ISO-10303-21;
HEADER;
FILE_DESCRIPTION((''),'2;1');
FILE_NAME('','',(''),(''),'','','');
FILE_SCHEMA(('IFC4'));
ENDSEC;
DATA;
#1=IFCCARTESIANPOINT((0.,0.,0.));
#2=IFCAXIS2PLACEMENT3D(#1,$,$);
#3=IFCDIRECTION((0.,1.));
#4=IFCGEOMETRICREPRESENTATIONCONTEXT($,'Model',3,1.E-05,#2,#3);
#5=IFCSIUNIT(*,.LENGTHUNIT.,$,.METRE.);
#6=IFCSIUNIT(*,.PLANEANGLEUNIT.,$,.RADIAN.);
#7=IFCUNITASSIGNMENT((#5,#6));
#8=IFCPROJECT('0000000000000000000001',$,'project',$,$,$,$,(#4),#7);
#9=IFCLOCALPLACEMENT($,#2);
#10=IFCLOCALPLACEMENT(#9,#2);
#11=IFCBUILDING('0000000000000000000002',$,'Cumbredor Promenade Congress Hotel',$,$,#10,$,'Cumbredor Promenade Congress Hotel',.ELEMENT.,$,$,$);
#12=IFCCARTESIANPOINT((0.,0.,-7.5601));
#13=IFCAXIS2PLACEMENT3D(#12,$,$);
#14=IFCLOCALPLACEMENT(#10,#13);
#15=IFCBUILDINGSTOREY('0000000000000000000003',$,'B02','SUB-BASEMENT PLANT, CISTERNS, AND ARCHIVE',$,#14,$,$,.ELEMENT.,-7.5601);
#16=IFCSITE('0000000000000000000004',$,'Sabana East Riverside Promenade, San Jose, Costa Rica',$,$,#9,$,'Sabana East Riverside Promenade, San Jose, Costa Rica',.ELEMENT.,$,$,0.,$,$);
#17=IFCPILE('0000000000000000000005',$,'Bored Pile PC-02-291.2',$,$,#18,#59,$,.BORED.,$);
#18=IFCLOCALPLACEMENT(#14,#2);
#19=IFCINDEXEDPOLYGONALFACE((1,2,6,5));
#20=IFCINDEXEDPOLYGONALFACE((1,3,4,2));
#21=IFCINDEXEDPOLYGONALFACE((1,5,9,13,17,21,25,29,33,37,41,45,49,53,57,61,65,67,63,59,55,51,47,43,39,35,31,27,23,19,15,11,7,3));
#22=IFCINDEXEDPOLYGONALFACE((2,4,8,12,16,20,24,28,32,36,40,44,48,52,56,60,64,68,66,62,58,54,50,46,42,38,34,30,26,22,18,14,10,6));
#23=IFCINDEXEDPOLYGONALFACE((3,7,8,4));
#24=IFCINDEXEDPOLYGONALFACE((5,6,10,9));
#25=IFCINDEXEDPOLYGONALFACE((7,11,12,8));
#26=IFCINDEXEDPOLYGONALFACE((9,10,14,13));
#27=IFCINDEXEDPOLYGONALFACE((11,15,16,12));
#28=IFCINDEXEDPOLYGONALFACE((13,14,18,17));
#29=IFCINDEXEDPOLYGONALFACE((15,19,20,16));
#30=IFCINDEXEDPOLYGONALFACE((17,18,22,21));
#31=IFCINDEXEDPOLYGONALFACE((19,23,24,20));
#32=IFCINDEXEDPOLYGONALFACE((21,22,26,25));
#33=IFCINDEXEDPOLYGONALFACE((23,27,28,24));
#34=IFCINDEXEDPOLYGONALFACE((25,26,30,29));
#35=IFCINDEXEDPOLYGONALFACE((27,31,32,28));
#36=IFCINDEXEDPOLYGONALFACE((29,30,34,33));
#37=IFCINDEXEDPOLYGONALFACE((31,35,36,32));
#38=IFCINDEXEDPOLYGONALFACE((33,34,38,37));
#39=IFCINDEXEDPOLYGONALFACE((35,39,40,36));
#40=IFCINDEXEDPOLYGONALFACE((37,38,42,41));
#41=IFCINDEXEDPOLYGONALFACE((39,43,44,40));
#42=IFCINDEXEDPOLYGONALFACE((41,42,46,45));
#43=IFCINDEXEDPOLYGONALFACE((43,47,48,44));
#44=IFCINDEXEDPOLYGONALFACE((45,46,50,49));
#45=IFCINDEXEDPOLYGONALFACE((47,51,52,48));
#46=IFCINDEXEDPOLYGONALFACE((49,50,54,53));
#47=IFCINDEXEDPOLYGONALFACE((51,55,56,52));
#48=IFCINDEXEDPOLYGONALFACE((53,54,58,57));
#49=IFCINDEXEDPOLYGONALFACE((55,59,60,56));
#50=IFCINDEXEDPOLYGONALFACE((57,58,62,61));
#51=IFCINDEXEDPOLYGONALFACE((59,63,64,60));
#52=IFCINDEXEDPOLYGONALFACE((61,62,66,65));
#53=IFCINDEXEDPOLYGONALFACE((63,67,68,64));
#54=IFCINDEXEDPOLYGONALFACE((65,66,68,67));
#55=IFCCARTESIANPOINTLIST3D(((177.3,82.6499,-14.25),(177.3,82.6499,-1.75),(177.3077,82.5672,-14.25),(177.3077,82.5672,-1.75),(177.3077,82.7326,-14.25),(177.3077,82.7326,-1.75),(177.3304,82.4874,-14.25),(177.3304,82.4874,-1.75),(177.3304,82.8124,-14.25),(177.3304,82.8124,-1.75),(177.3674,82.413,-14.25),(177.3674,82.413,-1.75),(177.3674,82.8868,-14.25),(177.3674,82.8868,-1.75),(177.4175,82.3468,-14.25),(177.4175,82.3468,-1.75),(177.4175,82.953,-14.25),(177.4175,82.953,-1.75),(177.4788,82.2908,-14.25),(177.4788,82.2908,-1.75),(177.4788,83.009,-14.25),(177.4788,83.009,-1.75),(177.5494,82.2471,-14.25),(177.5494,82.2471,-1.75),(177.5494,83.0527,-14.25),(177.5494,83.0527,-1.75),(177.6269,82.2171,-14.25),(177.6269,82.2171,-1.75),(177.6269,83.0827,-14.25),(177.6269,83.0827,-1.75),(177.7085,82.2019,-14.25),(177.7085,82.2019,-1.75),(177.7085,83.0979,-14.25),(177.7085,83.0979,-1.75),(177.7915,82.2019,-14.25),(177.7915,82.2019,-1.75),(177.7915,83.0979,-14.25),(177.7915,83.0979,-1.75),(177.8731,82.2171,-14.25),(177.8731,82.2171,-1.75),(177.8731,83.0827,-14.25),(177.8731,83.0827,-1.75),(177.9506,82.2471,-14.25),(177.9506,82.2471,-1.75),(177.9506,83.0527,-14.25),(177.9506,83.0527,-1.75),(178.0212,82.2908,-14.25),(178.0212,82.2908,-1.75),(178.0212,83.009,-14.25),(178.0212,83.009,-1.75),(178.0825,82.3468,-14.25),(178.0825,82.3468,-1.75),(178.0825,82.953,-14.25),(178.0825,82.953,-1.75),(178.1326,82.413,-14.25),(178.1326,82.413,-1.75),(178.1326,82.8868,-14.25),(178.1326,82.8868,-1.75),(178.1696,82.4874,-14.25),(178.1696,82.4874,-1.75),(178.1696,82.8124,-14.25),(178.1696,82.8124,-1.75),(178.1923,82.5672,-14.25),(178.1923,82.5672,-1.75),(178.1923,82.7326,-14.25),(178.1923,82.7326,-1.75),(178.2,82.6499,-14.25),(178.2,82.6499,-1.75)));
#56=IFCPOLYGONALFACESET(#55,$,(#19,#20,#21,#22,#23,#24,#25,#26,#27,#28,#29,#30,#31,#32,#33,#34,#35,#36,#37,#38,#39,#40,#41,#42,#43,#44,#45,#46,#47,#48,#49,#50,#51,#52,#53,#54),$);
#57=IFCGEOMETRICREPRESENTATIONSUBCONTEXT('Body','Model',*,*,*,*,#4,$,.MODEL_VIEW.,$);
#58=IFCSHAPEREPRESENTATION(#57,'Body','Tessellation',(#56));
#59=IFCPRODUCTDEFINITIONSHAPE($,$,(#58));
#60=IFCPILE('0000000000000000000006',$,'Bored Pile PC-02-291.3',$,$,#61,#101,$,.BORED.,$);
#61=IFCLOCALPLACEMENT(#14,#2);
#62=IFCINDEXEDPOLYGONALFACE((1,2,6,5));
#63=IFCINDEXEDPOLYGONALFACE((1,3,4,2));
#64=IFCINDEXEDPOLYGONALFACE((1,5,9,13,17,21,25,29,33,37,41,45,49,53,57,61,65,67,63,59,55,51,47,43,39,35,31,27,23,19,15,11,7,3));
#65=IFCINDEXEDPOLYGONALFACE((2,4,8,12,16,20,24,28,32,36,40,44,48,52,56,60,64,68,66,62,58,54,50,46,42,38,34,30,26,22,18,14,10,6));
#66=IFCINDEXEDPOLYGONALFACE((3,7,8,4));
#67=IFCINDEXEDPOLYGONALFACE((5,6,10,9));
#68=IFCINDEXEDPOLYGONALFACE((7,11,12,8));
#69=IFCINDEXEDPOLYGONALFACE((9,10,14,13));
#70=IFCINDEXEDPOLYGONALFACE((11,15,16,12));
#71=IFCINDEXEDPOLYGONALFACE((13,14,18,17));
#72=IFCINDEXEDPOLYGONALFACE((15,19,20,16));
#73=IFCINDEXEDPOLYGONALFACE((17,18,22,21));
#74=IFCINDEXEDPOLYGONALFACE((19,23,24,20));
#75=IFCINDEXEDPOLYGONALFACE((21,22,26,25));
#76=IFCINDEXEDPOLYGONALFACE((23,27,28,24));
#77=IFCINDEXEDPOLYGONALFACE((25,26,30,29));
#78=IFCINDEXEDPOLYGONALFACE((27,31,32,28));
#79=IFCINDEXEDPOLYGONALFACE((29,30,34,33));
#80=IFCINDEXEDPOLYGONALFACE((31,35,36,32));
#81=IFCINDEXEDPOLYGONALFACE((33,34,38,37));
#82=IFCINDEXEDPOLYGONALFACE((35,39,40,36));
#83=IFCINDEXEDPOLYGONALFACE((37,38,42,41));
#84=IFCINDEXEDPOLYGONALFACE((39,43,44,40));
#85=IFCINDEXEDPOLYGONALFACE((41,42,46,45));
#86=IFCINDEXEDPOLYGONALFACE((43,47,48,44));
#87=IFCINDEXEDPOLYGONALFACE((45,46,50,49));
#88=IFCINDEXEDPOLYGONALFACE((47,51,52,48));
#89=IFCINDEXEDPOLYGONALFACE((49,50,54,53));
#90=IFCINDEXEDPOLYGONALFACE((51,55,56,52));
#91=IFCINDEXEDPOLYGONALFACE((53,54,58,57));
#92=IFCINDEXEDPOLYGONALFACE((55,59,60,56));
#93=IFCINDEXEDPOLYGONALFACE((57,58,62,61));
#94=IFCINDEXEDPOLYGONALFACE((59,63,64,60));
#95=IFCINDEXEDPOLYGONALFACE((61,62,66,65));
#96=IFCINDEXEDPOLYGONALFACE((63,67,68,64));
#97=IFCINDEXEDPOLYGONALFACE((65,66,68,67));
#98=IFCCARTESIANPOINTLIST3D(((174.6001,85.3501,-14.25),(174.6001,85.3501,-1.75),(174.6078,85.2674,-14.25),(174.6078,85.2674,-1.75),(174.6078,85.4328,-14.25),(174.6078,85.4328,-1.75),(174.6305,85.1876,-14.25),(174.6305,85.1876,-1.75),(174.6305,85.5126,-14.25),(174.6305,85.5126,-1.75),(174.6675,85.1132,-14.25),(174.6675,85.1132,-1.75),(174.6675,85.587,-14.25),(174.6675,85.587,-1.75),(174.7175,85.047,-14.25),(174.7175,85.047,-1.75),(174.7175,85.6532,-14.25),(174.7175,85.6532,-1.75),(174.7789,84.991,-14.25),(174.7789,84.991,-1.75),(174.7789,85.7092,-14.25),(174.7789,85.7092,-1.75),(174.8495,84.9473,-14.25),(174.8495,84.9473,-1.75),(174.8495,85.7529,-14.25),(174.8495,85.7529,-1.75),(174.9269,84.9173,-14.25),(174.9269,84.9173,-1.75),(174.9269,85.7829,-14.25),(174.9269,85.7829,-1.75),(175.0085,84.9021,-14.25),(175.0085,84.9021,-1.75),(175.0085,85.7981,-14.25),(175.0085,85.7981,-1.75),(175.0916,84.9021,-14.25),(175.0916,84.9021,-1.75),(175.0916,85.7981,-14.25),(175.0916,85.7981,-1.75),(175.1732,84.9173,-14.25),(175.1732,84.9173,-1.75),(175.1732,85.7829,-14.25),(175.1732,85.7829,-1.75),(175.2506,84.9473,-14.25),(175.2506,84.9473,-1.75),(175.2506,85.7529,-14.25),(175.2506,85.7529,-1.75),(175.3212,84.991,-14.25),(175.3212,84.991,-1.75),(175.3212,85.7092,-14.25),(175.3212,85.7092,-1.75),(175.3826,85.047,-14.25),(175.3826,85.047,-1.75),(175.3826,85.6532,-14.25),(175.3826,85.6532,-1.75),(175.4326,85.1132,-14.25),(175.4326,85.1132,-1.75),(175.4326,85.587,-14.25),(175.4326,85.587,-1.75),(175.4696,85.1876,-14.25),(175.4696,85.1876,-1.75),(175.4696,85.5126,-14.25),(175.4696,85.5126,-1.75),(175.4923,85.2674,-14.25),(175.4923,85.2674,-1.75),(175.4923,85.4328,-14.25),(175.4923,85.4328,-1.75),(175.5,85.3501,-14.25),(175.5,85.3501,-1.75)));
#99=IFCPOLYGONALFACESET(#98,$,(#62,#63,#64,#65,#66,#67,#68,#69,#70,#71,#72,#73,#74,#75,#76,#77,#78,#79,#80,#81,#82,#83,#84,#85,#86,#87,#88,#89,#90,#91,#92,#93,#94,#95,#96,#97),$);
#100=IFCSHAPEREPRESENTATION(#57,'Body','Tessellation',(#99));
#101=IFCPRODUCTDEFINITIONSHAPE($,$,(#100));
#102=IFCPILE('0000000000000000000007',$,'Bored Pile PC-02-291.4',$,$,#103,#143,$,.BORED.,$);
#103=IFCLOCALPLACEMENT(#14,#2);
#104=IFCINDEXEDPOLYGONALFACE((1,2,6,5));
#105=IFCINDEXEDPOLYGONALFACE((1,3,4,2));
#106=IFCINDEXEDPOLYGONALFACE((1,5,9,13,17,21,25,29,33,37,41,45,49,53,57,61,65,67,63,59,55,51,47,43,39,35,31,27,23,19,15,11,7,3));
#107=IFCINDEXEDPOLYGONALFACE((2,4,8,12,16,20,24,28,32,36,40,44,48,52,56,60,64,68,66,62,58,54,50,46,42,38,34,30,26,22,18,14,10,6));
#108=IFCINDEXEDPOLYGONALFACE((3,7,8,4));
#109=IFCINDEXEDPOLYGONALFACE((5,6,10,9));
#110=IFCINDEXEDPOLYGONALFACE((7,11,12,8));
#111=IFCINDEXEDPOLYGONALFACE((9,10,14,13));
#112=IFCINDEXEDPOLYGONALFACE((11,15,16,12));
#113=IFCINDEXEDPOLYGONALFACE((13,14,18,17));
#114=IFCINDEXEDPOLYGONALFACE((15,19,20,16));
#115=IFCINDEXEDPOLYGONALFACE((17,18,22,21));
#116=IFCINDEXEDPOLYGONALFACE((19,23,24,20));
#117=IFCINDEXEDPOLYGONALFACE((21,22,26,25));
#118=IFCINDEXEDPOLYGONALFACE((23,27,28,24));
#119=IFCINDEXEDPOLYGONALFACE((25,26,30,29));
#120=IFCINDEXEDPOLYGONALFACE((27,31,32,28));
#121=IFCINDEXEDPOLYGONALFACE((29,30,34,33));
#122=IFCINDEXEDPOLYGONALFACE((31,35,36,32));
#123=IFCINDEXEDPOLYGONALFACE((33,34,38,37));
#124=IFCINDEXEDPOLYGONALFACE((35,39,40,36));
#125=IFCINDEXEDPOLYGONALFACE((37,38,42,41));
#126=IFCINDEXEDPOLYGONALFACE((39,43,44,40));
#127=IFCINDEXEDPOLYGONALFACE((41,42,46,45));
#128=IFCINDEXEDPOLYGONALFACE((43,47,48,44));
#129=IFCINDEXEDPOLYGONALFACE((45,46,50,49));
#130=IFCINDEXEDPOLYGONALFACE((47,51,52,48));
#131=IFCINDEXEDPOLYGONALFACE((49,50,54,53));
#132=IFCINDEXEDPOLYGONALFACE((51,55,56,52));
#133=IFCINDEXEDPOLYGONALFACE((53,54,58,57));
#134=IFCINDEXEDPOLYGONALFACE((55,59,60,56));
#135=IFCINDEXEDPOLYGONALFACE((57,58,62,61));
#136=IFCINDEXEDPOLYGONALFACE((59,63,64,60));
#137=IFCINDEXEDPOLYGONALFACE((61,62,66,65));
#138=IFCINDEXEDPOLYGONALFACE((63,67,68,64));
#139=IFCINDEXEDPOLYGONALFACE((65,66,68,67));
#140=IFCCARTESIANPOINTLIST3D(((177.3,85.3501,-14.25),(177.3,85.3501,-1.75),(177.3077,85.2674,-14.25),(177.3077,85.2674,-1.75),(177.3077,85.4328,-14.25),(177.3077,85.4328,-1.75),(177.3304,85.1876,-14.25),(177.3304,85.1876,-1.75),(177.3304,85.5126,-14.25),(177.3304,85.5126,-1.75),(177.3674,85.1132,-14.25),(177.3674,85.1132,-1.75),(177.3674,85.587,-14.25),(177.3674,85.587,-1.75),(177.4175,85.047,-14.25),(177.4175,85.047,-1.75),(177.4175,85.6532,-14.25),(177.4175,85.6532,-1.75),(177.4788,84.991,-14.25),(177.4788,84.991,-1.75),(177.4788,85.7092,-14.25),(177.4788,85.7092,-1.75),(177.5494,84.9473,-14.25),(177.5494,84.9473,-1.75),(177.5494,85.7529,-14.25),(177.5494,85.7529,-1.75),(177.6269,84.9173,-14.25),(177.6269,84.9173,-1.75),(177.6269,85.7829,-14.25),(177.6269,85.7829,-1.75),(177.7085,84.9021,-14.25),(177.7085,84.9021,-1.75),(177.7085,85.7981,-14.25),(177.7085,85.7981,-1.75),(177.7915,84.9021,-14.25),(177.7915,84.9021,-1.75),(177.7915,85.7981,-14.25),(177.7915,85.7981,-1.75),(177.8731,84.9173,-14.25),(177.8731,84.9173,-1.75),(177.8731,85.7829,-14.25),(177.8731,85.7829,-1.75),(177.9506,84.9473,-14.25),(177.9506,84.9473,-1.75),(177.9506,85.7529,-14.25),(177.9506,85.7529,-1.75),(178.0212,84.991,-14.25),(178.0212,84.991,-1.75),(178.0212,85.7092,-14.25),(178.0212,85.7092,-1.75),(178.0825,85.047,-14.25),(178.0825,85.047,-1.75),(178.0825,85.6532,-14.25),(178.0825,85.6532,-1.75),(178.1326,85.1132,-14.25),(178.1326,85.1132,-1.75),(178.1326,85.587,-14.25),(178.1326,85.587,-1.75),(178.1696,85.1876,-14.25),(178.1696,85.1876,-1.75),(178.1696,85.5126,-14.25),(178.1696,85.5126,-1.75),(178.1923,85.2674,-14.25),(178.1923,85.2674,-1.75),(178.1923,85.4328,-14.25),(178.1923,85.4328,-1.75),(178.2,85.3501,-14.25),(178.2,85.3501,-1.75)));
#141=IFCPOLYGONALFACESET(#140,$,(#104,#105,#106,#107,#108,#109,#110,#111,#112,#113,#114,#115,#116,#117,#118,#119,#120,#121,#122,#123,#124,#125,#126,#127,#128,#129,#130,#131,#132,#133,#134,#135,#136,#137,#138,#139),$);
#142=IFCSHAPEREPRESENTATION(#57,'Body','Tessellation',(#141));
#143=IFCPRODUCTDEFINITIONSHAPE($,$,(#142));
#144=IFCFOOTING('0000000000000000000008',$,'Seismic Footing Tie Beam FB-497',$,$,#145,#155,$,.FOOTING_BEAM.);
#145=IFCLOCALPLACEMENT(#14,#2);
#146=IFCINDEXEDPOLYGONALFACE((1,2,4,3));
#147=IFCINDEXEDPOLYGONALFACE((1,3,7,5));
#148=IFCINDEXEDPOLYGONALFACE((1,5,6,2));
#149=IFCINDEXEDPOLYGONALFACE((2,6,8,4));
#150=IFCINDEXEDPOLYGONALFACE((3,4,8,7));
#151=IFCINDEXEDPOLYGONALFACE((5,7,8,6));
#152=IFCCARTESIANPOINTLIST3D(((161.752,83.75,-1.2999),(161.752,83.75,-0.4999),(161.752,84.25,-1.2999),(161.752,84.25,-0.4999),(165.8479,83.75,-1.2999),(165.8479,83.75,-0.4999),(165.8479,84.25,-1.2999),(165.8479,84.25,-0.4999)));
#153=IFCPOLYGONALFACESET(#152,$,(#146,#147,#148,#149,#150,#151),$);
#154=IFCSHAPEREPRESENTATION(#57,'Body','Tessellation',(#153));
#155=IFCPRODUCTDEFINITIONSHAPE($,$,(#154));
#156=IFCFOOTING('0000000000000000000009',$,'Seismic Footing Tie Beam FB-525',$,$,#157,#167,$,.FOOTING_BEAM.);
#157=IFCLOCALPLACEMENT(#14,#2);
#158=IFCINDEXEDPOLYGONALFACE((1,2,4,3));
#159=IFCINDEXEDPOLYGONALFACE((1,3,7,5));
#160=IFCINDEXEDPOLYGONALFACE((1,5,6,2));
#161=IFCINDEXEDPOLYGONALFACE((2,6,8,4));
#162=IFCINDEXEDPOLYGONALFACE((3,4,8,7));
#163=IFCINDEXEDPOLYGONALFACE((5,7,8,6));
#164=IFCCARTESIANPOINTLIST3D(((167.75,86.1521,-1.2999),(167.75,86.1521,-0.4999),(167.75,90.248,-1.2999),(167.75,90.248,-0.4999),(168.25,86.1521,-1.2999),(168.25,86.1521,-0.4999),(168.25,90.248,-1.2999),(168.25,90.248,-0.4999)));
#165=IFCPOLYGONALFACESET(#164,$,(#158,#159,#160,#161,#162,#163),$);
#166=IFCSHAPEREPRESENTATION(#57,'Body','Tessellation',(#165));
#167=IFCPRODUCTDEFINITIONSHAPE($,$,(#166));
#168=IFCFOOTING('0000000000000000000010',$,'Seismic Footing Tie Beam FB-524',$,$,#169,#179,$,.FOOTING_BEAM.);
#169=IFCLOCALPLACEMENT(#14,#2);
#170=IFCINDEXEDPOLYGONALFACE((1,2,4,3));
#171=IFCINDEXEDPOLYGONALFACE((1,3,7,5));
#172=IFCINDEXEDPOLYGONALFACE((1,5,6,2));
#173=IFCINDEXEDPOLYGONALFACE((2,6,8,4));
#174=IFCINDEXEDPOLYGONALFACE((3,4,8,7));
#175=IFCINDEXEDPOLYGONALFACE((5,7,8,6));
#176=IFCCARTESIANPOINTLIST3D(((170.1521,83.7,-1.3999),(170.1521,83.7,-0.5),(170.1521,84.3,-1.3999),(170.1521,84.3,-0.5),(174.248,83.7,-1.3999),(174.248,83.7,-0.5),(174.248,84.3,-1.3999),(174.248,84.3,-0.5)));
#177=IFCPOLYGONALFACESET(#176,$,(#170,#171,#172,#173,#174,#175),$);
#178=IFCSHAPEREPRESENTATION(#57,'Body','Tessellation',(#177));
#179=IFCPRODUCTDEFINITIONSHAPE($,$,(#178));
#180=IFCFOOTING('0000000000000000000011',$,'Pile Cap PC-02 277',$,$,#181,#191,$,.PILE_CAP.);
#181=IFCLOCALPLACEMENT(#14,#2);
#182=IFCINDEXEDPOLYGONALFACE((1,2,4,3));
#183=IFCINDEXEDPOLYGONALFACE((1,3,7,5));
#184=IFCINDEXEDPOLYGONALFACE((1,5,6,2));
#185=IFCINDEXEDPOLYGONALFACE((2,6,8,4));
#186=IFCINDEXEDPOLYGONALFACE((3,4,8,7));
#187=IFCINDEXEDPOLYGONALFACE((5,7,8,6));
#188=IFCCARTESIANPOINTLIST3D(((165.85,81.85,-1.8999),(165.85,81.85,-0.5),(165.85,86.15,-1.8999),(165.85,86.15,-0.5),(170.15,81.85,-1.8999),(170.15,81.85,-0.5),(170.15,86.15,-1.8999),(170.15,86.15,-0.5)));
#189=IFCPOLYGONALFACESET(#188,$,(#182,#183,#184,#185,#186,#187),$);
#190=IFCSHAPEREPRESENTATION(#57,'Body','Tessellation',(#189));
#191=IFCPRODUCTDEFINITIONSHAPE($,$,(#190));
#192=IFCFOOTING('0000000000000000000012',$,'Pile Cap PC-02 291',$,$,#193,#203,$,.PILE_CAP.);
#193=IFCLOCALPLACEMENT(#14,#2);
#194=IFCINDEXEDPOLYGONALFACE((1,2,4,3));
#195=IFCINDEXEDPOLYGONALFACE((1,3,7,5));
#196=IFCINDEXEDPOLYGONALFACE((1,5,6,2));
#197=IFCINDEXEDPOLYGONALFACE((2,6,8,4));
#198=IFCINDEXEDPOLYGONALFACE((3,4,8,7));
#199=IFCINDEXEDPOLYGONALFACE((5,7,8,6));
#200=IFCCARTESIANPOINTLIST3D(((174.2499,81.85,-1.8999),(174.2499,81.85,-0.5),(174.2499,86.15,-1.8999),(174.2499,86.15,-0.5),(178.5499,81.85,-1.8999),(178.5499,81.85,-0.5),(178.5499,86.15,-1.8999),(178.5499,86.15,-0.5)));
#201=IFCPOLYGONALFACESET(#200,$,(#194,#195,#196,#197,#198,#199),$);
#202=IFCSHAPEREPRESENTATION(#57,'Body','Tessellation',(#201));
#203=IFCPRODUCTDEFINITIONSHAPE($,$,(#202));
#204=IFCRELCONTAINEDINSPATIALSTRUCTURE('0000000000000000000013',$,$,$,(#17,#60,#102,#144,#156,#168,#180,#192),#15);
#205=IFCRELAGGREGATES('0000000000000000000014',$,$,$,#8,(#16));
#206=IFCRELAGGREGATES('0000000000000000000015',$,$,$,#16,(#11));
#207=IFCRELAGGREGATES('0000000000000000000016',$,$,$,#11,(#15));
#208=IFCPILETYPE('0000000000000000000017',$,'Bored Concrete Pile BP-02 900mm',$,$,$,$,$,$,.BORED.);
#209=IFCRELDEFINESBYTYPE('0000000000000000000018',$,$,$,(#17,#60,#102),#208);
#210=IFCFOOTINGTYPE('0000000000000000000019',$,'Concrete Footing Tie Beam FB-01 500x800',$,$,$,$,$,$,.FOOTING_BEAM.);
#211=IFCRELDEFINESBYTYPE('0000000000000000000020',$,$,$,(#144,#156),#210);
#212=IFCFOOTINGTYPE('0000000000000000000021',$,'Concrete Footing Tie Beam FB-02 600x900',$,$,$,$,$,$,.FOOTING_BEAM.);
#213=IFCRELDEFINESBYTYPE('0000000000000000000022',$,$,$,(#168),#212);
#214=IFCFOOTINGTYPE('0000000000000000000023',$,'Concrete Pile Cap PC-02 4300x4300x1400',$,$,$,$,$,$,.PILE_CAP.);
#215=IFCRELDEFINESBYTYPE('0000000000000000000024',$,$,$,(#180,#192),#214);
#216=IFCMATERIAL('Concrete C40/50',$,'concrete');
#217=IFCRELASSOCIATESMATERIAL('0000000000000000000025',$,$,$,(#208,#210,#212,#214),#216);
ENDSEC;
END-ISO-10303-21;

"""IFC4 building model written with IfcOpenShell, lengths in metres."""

from ifc_helpers import new_model, si_unit, direction, frame, origin, origin_2d, place, context, subcontext, project, spatial, rectangle, circle, extrude, material, material_profile, profile_set, type_object, element, save


model = new_model("IFC4")

# Units and contexts
model_context = context("Model", 3, precision=1e-05, world=origin(), true_north=direction((0.0, 1.0)))
body_context = subcontext(model_context, "Body", "Model", "MODEL_VIEW")
ifc_project = project(units=[si_unit("LENGTHUNIT", "METRE"), si_unit("PLANEANGLEUNIT", "RADIAN")], contexts=[model_context])

# Site, building, storey
site_placement = place(None, origin())
site = spatial("IfcSite", under=ifc_project, at=site_placement, Name="Sabana East Riverside Promenade, San Jose, Costa Rica", LongName="Sabana East Riverside Promenade, San Jose, Costa Rica", CompositionType="ELEMENT", RefElevation=0.0)
building_placement = place(site_placement, origin())
building = spatial("IfcBuilding", under=site, at=building_placement, Name="Cumbredor Promenade Congress Hotel", LongName="Cumbredor Promenade Congress Hotel", CompositionType="ELEMENT")
storey_placement = place(building_placement, frame((0.0, 0.0, -7.5601)))
storey = spatial("IfcBuildingStorey", under=building, at=storey_placement, Name="B02", Description="SUB-BASEMENT PLANT, CISTERNS, AND ARCHIVE", CompositionType="ELEMENT", Elevation=-7.5601)

# Piles
ifc_material_1 = material(Name="Concrete C40/50", Category="concrete")
ifc_material_profile_1 = material_profile(ifc_material_1, circle(Radius=0.45, at=origin_2d()), Name="PILE D900")
ifc_profile_set_1 = profile_set([ifc_material_profile_1], Name="Concrete C40/50")
pile_type = type_object("IfcPileType", Name="Bored Concrete Pile BP-02 900mm", PredefinedType="BORED", material=ifc_profile_set_1)
for number, where, z_axis, x_axis, name in (
    (1, (177.75, 82.6499, -1.75), (0.0, 0.0, -1.0), (1.0, 0.0, 0.0), "Bored Pile PC-02-291.2"),
    (2, (175.05, 85.3501, -1.75), (0.0, 0.0, -1.0), (1.0, 0.0, 0.0), "Bored Pile PC-02-291.3"),
    (3, (177.75, 85.3501, -1.75), (0.0, 0.0, -1.0), (1.0, 0.0, 0.0), "Bored Pile PC-02-291.4"),
):
    element("IfcPile", number, at=place(storey_placement, frame(where, z_axis=z_axis, x_axis=x_axis)), inside=storey, type_object=pile_type, Name=name, PredefinedType="BORED", context=body_context, shape_type="SweptSolid", body=[
        extrude(circle(Radius=0.45, at=origin_2d()), origin(), (0.0, 0.0, 1.0), 12.5),
    ])

# Footings
ifc_material_profile_2 = material_profile(ifc_material_1, rectangle(XDim=0.5, YDim=0.8, at=origin_2d()), Name="FB 500x800")
ifc_profile_set_2 = profile_set([ifc_material_profile_2], Name="Concrete C40/50")
footing_type_1 = type_object("IfcFootingType", Name="Concrete Footing Tie Beam FB-01 500x800", PredefinedType="FOOTING_BEAM", material=ifc_profile_set_2)
for number, where, z_axis, x_axis, name in (
    (4, (161.752, 84.0, -0.8999), (1.0, 0.0, 0.0), (0.0, 1.0, 0.0), "Seismic Footing Tie Beam FB-497"),
    (5, (168.0, 86.1521, -0.8999), (0.0, 1.0, 0.0), (-1.0, 0.0, 0.0), "Seismic Footing Tie Beam FB-525"),
):
    element("IfcFooting", number, at=place(storey_placement, frame(where, z_axis=z_axis, x_axis=x_axis)), inside=storey, type_object=footing_type_1, Name=name, PredefinedType="FOOTING_BEAM", context=body_context, shape_type="SweptSolid", body=[
        extrude(rectangle(XDim=0.5, YDim=0.8, at=origin_2d()), origin(), (0.0, 0.0, 1.0), 4.0959),
    ])
ifc_material_profile_3 = material_profile(ifc_material_1, rectangle(XDim=0.6001, YDim=0.8999, at=origin_2d()), Name="FB 600x900")
ifc_profile_set_3 = profile_set([ifc_material_profile_3], Name="Concrete C40/50")
footing_type_2 = type_object("IfcFootingType", Name="Concrete Footing Tie Beam FB-02 600x900", PredefinedType="FOOTING_BEAM", material=ifc_profile_set_3)
footing_1_placement = place(storey_placement, frame((170.1521, 84.0, -0.95), z_axis=(1.0, 0.0, 0.0), x_axis=(0.0, 1.0, 0.0)))
element("IfcFooting", 6, at=footing_1_placement, inside=storey, type_object=footing_type_2, Name="Seismic Footing Tie Beam FB-524", PredefinedType="FOOTING_BEAM", context=body_context, shape_type="SweptSolid", body=[
    extrude(rectangle(XDim=0.6001, YDim=0.8999, at=origin_2d()), origin(), (0.0, 0.0, 1.0), 4.0959),
])
footing_type_3 = type_object("IfcFootingType", Name="Concrete Pile Cap PC-02 4300x4300x1400", PredefinedType="PILE_CAP", material=ifc_material_1)
for number, where, z_axis, x_axis, name in (
    (7, (168.0, 84.0, -1.8999), (0.0, 0.0, 1.0), (1.0, 0.0, 0.0), "Pile Cap PC-02 277"),
    (8, (176.3999, 84.0, -1.8999), (0.0, 0.0, 1.0), (1.0, 0.0, 0.0), "Pile Cap PC-02 291"),
):
    element("IfcFooting", number, at=place(storey_placement, frame(where, z_axis=z_axis, x_axis=x_axis)), inside=storey, type_object=footing_type_3, Name=name, PredefinedType="PILE_CAP", context=body_context, shape_type="SweptSolid", body=[
        extrude(rectangle(XDim=4.3, YDim=4.3, at=origin_2d()), origin(), (0.0, 0.0, 1.0), 1.3999),
    ])

save(model, "model.ifc")
